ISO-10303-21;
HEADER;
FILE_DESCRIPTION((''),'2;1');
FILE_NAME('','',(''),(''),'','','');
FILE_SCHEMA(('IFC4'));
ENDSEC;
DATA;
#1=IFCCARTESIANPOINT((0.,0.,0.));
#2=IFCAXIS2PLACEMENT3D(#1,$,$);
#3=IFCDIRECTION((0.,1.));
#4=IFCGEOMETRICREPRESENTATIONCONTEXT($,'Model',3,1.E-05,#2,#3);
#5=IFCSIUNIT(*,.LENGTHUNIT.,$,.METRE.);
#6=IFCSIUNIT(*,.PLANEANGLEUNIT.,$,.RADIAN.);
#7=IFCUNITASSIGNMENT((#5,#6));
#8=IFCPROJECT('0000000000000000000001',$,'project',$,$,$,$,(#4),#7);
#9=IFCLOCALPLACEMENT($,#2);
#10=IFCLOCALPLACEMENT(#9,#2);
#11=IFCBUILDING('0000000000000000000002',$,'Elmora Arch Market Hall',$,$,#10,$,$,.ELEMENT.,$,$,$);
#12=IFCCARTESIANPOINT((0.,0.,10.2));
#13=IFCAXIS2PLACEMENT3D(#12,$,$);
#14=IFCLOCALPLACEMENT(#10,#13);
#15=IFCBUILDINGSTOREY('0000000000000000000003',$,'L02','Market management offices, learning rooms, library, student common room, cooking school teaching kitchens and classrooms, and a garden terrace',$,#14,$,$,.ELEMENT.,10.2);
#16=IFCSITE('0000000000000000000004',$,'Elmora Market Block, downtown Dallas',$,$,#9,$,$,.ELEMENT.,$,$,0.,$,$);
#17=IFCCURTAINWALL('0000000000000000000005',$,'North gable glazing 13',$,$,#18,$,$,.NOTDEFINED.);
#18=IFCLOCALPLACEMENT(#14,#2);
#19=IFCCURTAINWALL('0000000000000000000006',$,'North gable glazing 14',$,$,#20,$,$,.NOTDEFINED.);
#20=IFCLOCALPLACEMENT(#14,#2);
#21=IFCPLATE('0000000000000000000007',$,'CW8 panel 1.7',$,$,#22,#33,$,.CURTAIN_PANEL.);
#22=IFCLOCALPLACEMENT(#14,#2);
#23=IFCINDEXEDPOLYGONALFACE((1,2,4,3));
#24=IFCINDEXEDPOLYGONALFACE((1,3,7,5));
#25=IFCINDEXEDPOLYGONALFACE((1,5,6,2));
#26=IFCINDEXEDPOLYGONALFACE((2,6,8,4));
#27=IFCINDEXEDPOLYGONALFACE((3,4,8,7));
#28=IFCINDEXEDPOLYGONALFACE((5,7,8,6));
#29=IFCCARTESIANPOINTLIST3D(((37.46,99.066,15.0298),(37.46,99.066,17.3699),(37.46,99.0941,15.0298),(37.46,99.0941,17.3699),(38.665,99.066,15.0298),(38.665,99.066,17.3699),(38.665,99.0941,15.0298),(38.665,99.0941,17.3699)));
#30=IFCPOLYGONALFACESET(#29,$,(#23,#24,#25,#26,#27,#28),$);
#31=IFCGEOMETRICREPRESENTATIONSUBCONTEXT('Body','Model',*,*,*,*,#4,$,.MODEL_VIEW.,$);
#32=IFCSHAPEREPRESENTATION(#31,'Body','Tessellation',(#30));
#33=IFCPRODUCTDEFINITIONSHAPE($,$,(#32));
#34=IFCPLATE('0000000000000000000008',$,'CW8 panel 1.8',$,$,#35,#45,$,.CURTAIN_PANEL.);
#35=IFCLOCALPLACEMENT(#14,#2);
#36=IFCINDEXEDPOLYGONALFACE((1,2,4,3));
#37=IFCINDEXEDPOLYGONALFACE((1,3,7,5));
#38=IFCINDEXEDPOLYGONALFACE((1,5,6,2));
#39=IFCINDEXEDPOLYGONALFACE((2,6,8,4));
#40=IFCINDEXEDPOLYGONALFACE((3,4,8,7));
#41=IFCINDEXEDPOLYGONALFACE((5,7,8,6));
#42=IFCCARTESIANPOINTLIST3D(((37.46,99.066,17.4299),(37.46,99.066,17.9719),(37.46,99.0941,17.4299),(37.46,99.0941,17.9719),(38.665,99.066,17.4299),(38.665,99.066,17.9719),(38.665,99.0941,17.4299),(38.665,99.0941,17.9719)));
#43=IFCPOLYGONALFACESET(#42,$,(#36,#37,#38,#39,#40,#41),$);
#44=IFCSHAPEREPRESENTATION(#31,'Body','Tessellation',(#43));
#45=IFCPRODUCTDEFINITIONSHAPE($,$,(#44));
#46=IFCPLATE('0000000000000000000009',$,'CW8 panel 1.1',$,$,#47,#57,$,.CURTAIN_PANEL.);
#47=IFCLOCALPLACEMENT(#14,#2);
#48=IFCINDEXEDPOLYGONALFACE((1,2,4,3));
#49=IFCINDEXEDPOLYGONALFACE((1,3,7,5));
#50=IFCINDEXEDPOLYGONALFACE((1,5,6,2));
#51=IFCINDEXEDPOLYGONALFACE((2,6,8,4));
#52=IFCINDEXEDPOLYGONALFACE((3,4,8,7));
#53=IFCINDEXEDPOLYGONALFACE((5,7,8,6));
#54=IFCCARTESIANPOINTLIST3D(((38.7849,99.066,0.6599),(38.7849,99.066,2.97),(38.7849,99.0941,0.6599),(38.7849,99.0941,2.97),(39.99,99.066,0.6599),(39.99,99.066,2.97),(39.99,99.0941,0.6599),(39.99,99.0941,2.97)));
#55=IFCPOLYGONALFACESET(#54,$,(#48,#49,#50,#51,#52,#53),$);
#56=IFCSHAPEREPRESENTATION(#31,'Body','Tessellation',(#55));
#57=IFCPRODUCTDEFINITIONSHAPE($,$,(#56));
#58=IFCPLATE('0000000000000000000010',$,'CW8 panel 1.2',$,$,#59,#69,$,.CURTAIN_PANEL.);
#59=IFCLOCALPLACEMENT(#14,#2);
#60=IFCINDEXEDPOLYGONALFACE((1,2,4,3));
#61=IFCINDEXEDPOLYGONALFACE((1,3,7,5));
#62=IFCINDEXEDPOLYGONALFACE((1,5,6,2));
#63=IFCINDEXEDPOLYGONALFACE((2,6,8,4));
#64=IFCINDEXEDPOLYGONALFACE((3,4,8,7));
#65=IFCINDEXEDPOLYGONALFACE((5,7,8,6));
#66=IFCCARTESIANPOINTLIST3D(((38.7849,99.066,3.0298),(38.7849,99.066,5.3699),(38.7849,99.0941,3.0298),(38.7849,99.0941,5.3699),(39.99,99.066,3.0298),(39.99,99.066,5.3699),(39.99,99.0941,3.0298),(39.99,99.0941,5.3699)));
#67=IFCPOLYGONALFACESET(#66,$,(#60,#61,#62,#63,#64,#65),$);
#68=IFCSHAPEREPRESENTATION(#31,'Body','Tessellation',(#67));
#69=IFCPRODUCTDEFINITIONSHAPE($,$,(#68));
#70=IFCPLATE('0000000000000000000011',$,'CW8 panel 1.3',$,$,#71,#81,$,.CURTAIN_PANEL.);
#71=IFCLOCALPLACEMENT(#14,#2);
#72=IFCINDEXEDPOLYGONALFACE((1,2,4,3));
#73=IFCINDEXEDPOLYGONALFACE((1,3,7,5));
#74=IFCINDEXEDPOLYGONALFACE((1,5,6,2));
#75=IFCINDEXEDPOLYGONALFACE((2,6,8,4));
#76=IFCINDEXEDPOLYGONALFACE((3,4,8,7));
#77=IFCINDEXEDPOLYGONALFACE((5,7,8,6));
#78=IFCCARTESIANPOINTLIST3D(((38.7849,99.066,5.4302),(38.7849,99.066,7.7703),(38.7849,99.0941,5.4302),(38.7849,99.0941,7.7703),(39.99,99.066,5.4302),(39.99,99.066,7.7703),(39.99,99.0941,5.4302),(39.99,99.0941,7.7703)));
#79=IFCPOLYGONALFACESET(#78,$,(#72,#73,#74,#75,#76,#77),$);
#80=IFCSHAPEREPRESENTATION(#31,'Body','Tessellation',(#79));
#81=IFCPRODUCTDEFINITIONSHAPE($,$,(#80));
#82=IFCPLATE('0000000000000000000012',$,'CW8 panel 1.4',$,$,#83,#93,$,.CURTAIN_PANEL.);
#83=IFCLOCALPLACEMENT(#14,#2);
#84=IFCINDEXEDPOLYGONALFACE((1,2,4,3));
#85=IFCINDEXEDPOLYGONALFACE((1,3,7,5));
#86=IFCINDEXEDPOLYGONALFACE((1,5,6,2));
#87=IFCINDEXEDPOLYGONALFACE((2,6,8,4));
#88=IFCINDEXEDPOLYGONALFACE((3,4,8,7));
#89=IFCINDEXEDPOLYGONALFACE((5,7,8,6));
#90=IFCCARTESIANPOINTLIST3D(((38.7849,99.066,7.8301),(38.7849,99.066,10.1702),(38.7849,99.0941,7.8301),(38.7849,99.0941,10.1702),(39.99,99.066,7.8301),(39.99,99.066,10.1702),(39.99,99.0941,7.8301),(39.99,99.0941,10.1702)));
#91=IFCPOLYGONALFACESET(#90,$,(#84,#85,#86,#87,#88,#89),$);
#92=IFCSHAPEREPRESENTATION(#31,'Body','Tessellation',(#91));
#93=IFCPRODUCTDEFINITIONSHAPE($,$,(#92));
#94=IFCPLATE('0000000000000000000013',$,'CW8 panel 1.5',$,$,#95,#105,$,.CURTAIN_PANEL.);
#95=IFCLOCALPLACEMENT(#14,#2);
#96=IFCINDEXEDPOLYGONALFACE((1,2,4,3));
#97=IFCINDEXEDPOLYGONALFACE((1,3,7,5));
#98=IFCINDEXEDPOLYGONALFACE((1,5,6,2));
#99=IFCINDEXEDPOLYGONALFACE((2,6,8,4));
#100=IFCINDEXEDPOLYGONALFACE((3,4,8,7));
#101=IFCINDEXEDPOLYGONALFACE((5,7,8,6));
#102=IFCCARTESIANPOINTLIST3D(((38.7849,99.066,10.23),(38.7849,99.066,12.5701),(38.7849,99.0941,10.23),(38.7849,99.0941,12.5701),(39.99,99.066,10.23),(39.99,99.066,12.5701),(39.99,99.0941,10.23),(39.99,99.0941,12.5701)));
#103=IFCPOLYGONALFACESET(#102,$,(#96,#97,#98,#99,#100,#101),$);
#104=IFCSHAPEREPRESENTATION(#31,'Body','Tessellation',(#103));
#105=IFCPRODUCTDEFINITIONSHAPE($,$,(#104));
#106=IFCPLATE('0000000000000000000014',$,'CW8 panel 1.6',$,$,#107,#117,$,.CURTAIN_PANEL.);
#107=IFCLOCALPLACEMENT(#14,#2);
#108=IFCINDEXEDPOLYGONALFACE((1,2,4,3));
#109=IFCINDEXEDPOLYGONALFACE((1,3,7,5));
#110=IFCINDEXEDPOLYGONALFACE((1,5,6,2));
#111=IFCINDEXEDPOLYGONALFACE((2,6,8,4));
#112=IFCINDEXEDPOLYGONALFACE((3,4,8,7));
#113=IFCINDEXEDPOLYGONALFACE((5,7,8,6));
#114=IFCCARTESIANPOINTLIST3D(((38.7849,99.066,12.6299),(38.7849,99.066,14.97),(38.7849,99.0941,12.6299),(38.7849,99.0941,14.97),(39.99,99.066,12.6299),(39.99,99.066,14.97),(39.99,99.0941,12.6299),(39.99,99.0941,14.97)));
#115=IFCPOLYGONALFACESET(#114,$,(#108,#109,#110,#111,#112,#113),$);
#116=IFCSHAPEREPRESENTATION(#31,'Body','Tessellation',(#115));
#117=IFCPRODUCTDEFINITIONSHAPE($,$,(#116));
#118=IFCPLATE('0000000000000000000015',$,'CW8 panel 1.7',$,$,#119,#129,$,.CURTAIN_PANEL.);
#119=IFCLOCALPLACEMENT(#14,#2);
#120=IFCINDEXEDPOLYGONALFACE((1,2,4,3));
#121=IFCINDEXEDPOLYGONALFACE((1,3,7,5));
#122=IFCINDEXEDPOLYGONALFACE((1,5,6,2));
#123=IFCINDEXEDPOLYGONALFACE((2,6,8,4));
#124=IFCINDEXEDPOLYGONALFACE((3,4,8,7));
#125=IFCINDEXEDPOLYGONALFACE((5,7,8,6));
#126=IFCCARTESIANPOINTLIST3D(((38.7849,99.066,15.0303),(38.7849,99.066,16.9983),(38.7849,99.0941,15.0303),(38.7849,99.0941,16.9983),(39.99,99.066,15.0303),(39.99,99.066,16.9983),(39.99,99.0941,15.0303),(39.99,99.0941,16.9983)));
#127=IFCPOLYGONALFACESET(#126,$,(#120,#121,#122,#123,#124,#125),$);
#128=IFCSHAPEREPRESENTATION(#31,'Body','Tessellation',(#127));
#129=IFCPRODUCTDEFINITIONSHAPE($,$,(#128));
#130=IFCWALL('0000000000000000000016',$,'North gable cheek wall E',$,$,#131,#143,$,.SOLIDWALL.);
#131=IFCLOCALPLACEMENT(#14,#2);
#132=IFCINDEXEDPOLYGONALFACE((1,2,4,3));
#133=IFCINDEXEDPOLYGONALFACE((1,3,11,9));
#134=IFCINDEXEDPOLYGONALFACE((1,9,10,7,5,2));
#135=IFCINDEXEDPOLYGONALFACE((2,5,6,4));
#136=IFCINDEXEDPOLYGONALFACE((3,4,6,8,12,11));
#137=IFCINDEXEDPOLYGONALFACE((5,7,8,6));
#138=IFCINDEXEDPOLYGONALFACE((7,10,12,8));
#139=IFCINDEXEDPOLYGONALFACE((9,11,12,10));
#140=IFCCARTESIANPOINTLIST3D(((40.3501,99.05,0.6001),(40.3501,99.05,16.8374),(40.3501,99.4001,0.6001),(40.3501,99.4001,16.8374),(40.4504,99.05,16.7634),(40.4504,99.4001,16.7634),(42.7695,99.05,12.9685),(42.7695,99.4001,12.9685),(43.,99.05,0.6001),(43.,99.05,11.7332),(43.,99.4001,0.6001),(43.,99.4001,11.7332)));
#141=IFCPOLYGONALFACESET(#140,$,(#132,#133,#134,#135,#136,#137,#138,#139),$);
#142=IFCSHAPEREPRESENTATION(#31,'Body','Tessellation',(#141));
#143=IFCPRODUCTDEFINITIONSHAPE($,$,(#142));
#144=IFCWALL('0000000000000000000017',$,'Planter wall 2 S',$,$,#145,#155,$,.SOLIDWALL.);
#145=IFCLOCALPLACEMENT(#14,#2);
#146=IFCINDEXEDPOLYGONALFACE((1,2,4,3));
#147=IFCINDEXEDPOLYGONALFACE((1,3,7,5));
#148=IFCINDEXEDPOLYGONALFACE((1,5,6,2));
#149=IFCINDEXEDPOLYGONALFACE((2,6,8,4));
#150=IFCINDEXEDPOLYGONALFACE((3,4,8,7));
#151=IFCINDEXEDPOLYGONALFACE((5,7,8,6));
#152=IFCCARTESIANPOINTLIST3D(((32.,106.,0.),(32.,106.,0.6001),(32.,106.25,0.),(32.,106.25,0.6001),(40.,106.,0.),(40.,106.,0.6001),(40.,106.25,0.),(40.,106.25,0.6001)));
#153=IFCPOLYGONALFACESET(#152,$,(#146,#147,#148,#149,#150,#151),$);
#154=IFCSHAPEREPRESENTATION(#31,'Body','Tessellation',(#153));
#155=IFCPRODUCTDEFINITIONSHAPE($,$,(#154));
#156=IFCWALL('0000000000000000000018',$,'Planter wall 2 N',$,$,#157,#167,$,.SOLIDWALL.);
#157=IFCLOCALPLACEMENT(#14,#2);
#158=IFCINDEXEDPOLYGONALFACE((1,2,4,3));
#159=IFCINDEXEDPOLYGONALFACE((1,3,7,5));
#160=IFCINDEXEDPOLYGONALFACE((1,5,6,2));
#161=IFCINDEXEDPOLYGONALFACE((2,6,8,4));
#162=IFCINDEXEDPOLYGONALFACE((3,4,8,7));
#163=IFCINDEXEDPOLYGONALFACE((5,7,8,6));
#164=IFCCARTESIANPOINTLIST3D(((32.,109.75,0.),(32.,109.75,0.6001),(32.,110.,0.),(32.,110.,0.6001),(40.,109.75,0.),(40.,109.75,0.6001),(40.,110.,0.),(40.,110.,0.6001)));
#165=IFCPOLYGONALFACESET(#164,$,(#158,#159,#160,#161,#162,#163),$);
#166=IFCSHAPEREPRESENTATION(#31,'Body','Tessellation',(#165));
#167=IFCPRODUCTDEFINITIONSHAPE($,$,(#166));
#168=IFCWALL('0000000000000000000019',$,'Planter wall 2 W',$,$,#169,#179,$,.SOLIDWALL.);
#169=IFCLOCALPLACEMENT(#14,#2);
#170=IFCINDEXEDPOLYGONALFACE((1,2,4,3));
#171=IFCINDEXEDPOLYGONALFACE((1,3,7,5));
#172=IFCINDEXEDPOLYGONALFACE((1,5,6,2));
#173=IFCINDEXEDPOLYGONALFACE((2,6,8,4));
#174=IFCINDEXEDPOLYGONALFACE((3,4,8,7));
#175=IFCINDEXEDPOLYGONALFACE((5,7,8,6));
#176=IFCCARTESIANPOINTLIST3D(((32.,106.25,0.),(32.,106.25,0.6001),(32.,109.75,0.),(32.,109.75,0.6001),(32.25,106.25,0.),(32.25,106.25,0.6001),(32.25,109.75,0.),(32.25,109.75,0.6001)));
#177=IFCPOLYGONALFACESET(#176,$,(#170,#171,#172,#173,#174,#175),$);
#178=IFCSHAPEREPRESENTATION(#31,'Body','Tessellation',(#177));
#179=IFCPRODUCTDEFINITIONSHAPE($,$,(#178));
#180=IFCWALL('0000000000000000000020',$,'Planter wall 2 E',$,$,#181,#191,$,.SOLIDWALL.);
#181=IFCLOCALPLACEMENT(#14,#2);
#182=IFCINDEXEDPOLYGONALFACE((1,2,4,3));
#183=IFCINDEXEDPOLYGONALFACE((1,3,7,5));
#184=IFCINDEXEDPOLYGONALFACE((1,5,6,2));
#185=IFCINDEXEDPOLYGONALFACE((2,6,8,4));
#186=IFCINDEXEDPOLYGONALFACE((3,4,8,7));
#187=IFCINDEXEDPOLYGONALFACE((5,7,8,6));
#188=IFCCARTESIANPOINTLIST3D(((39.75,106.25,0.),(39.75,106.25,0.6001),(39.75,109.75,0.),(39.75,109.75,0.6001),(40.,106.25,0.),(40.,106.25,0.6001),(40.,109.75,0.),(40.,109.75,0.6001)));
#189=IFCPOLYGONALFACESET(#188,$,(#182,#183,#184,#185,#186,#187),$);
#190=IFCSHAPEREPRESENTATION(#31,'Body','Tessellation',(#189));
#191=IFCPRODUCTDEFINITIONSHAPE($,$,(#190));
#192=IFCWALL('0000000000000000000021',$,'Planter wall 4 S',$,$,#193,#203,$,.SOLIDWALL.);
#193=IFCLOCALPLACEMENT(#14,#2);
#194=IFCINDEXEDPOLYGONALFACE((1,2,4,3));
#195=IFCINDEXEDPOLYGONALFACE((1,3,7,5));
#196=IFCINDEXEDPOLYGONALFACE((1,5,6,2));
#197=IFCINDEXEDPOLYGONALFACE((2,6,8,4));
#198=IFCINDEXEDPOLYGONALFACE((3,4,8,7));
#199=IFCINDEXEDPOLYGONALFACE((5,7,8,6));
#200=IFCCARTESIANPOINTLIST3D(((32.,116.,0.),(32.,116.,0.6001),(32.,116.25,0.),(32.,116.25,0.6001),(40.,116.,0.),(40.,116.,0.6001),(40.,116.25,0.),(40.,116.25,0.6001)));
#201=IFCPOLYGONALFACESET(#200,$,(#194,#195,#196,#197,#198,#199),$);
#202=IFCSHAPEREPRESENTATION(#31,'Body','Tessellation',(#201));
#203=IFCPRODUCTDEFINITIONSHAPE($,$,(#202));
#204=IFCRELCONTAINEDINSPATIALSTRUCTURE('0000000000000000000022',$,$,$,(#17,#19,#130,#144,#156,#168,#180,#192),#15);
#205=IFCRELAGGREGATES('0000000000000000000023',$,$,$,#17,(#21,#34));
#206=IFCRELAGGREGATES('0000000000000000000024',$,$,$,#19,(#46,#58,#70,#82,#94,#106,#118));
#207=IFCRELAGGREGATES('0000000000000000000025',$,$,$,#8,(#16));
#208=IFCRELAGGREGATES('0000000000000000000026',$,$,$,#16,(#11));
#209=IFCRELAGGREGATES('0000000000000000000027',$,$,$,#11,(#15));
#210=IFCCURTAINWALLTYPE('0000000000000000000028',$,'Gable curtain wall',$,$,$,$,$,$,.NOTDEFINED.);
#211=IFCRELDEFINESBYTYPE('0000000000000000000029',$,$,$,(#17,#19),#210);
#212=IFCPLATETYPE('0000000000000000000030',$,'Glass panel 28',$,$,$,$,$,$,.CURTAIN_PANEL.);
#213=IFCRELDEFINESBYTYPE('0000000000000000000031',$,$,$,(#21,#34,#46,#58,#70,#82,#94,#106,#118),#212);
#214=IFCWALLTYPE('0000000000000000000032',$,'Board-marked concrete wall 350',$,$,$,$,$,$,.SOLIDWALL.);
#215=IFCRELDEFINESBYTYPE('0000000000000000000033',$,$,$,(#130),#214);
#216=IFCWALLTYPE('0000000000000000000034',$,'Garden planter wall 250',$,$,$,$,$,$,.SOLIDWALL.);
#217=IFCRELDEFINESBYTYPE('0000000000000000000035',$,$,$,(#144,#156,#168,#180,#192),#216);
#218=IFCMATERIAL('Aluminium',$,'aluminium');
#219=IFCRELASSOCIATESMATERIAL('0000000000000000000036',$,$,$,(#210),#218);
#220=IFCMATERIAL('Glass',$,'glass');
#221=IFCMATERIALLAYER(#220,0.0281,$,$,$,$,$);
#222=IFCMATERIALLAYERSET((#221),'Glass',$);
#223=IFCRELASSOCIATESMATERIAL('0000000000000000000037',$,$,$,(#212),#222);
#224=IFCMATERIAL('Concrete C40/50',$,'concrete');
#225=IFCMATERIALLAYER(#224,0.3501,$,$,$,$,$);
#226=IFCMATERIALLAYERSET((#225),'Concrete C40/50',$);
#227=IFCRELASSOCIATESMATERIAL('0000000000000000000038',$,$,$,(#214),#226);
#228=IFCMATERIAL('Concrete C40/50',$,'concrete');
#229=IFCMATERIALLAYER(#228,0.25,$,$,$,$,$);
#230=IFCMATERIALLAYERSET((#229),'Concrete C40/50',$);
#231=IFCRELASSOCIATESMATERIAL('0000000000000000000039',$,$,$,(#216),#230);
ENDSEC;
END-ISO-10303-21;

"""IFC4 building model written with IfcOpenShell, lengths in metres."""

from ifc_helpers import new_model, si_unit, direction, frame, frame_2d, origin, origin_2d, place, context, subcontext, project, spatial, polyline, rectangle, outline, extrude, material, layer, layer_set, type_object, element, aggregate, save


model = new_model("IFC4")

# Units and contexts
model_context = context("Model", 3, precision=1e-05, world=origin(), true_north=direction((0.0, 1.0)))
body_context = subcontext(model_context, "Body", "Model", "MODEL_VIEW")
ifc_project = project(units=[si_unit("LENGTHUNIT", "METRE"), si_unit("PLANEANGLEUNIT", "RADIAN")], contexts=[model_context])

# Site, building, storey
site_placement = place(None, origin())
site = spatial("IfcSite", under=ifc_project, at=site_placement, Name="Elmora Market Block, downtown Dallas", CompositionType="ELEMENT", RefElevation=0.0)
building_placement = place(site_placement, origin())
building = spatial("IfcBuilding", under=site, at=building_placement, Name="Elmora Arch Market Hall", CompositionType="ELEMENT")
storey_placement = place(building_placement, frame((0.0, 0.0, 10.2)))
storey = spatial("IfcBuildingStorey", under=building, at=storey_placement, Name="L02", Description="Market management offices, learning rooms, library, student common room, cooking school teaching kitchens and classrooms, and a garden terrace", CompositionType="ELEMENT", Elevation=10.2)

# Curtain wall
ifc_material_1 = material(Name="Aluminium", Category="aluminium")
curtain_wall_type = type_object("IfcCurtainWallType", Name="Gable curtain wall", PredefinedType="NOTDEFINED", material=ifc_material_1)
curtain_wall_1_placement = place(storey_placement, origin())
curtain_wall_1 = element("IfcCurtainWall", 1, at=curtain_wall_1_placement, inside=storey, type_object=curtain_wall_type, Name="North gable glazing 13", PredefinedType="NOTDEFINED")

# Curtain wall
curtain_wall_2_placement = place(storey_placement, origin())
curtain_wall_2 = element("IfcCurtainWall", 2, at=curtain_wall_2_placement, inside=storey, type_object=curtain_wall_type, Name="North gable glazing 14", PredefinedType="NOTDEFINED")

# Plates
ifc_material_2 = material(Name="Glass", Category="glass")
ifc_layer_1 = layer(ifc_material_2, 0.0281)
ifc_layer_set_1 = layer_set([ifc_layer_1], Name="Glass")
plate_type = type_object("IfcPlateType", Name="Glass panel 28", PredefinedType="CURTAIN_PANEL", material=ifc_layer_set_1)
plate_1_placement = place(storey_placement, frame((38.0625, 99.0801, 15.0298), z_axis=(0.0, 0.0, 1.0), x_axis=(1.0, 0.0, 0.0)))
plate_1 = element("IfcPlate", 3, at=plate_1_placement, type_object=plate_type, Name="CW8 panel 1.7", PredefinedType="CURTAIN_PANEL", context=body_context, shape_type="SweptSolid", body=[
    extrude(rectangle(XDim=1.2051, YDim=0.0281, at=origin_2d()), origin(), (0.0, 0.0, 1.0), 2.3401),
])
plate_2_placement = place(storey_placement, frame((38.0625, 99.0801, 17.4299), z_axis=(0.0, 0.0, 1.0), x_axis=(1.0, 0.0, 0.0)))
plate_2 = element("IfcPlate", 4, at=plate_2_placement, type_object=plate_type, Name="CW8 panel 1.8", PredefinedType="CURTAIN_PANEL", context=body_context, shape_type="SweptSolid", body=[
    extrude(rectangle(XDim=1.2051, YDim=0.0281, at=origin_2d()), origin(), (0.0, 0.0, 1.0), 0.542),
])
aggregate(curtain_wall_1, [plate_1, plate_2])
plate_3_placement = place(storey_placement, frame((39.3875, 99.0801, 0.6599), z_axis=(0.0, 0.0, 1.0), x_axis=(1.0, 0.0, 0.0)))
plate_3 = element("IfcPlate", 5, at=plate_3_placement, type_object=plate_type, Name="CW8 panel 1.1", PredefinedType="CURTAIN_PANEL", context=body_context, shape_type="SweptSolid", body=[
    extrude(rectangle(XDim=1.2051, YDim=0.0281, at=origin_2d()), origin(), (0.0, 0.0, 1.0), 2.3101),
])
plate_4_placement = place(storey_placement, frame((39.3875, 99.0801, 3.0298), z_axis=(0.0, 0.0, 1.0), x_axis=(1.0, 0.0, 0.0)))
plate_4 = element("IfcPlate", 6, at=plate_4_placement, type_object=plate_type, Name="CW8 panel 1.2", PredefinedType="CURTAIN_PANEL", context=body_context, shape_type="SweptSolid", body=[
    extrude(rectangle(XDim=1.2051, YDim=0.0281, at=origin_2d()), origin(), (0.0, 0.0, 1.0), 2.3401),
])
plate_5_placement = place(storey_placement, frame((39.3875, 99.0801, 5.4302), z_axis=(0.0, 0.0, 1.0), x_axis=(1.0, 0.0, 0.0)))
plate_5 = element("IfcPlate", 7, at=plate_5_placement, type_object=plate_type, Name="CW8 panel 1.3", PredefinedType="CURTAIN_PANEL", context=body_context, shape_type="SweptSolid", body=[
    extrude(rectangle(XDim=1.2051, YDim=0.0281, at=origin_2d()), origin(), (0.0, 0.0, 1.0), 2.3401),
])
plate_6_placement = place(storey_placement, frame((39.3875, 99.0801, 7.8301), z_axis=(0.0, 0.0, 1.0), x_axis=(1.0, 0.0, 0.0)))
plate_6 = element("IfcPlate", 8, at=plate_6_placement, type_object=plate_type, Name="CW8 panel 1.4", PredefinedType="CURTAIN_PANEL", context=body_context, shape_type="SweptSolid", body=[
    extrude(rectangle(XDim=1.2051, YDim=0.0281, at=origin_2d()), origin(), (0.0, 0.0, 1.0), 2.3401),
])
plate_7_placement = place(storey_placement, frame((39.3875, 99.0801, 10.23), z_axis=(0.0, 0.0, 1.0), x_axis=(1.0, 0.0, 0.0)))
plate_7 = element("IfcPlate", 9, at=plate_7_placement, type_object=plate_type, Name="CW8 panel 1.5", PredefinedType="CURTAIN_PANEL", context=body_context, shape_type="SweptSolid", body=[
    extrude(rectangle(XDim=1.2051, YDim=0.0281, at=origin_2d()), origin(), (0.0, 0.0, 1.0), 2.3401),
])
plate_8_placement = place(storey_placement, frame((39.3875, 99.0801, 12.6299), z_axis=(0.0, 0.0, 1.0), x_axis=(1.0, 0.0, 0.0)))
plate_8 = element("IfcPlate", 10, at=plate_8_placement, type_object=plate_type, Name="CW8 panel 1.6", PredefinedType="CURTAIN_PANEL", context=body_context, shape_type="SweptSolid", body=[
    extrude(rectangle(XDim=1.2051, YDim=0.0281, at=origin_2d()), origin(), (0.0, 0.0, 1.0), 2.3401),
])
plate_9_placement = place(storey_placement, frame((39.3875, 99.0801, 15.0303), z_axis=(0.0, 0.0, 1.0), x_axis=(1.0, 0.0, 0.0)))
plate_9 = element("IfcPlate", 11, at=plate_9_placement, type_object=plate_type, Name="CW8 panel 1.7", PredefinedType="CURTAIN_PANEL", context=body_context, shape_type="SweptSolid", body=[
    extrude(rectangle(XDim=1.2051, YDim=0.0281, at=origin_2d()), origin(), (0.0, 0.0, 1.0), 1.968),
])
aggregate(curtain_wall_2, [plate_3, plate_4, plate_5, plate_6, plate_7, plate_8, plate_9])

# Walls
ifc_material_3 = material(Name="Concrete C40/50", Category="concrete")
ifc_layer_2 = layer(ifc_material_3, 0.3501)
ifc_layer_set_2 = layer_set([ifc_layer_2], Name="Concrete C40/50")
wall_type_1 = type_object("IfcWallType", Name="Board-marked concrete wall 350", PredefinedType="SOLIDWALL", material=ifc_layer_set_2)
wall_placement = place(storey_placement, frame((43.0, 99.2251, 0.6001), z_axis=(0.0, 0.0, 1.0), x_axis=(-1.0, 0.0, 0.0)))
element("IfcWall", 12, at=wall_placement, inside=storey, type_object=wall_type_1, Name="North gable cheek wall E", PredefinedType="SOLIDWALL", context=body_context, shape_type="SweptSolid", body=[
    extrude(outline(polyline([(0.0, 0.0), (2.6499, 0.0), (2.6499, 16.2373), (2.5496, 16.1633), (0.2305, 12.3684), (0.0, 11.1331), (0.0, 0.0)])), frame((0.0, 0.175, 0.0), z_axis=(0.0, -1.0, 0.0), x_axis=(1.0, 0.0, 0.0)), (0.0, 0.0, 1.0), 0.3501),
])
ifc_material_4 = material(Name="Concrete C40/50", Category="concrete")
ifc_layer_3 = layer(ifc_material_4, 0.25)
ifc_layer_set_3 = layer_set([ifc_layer_3], Name="Concrete C40/50")
wall_type_2 = type_object("IfcWallType", Name="Garden planter wall 250", PredefinedType="SOLIDWALL", material=ifc_layer_set_3)
for number, where, z_axis, x_axis, name in (
    (13, (32.0, 106.125, 0.0), (0.0, 0.0, 1.0), (1.0, 0.0, 0.0), "Planter wall 2 S"),
    (14, (32.0, 109.875, 0.0), (0.0, 0.0, 1.0), (1.0, 0.0, 0.0), "Planter wall 2 N"),
):
    element("IfcWall", number, at=place(storey_placement, frame(where, z_axis=z_axis, x_axis=x_axis)), inside=storey, type_object=wall_type_2, Name=name, PredefinedType="SOLIDWALL", context=body_context, shape_type="SweptSolid", body=[
        extrude(rectangle(XDim=8.0, YDim=0.25, at=frame_2d((4.0, 0.0))), origin(), (0.0, 0.0, 1.0), 0.6001),
    ])
for number, where, z_axis, x_axis, name in (
    (15, (32.125, 106.25, 0.0), (0.0, 0.0, 1.0), (0.0, 1.0, 0.0), "Planter wall 2 W"),
    (16, (39.875, 106.25, 0.0), (0.0, 0.0, 1.0), (0.0, 1.0, 0.0), "Planter wall 2 E"),
):
    element("IfcWall", number, at=place(storey_placement, frame(where, z_axis=z_axis, x_axis=x_axis)), inside=storey, type_object=wall_type_2, Name=name, PredefinedType="SOLIDWALL", context=body_context, shape_type="SweptSolid", body=[
        extrude(rectangle(XDim=3.5, YDim=0.25, at=frame_2d((1.75, 0.0))), origin(), (0.0, 0.0, 1.0), 0.6001),
    ])
for number, where, z_axis, x_axis, name in (
    (17, (32.0, 116.125, 0.0), (0.0, 0.0, 1.0), (1.0, 0.0, 0.0), "Planter wall 4 S"),
):
    element("IfcWall", number, at=place(storey_placement, frame(where, z_axis=z_axis, x_axis=x_axis)), inside=storey, type_object=wall_type_2, Name=name, PredefinedType="SOLIDWALL", context=body_context, shape_type="SweptSolid", body=[
        extrude(rectangle(XDim=8.0, YDim=0.25, at=frame_2d((4.0, 0.0))), origin(), (0.0, 0.0, 1.0), 0.6001),
    ])

save(model, "model.ifc")
